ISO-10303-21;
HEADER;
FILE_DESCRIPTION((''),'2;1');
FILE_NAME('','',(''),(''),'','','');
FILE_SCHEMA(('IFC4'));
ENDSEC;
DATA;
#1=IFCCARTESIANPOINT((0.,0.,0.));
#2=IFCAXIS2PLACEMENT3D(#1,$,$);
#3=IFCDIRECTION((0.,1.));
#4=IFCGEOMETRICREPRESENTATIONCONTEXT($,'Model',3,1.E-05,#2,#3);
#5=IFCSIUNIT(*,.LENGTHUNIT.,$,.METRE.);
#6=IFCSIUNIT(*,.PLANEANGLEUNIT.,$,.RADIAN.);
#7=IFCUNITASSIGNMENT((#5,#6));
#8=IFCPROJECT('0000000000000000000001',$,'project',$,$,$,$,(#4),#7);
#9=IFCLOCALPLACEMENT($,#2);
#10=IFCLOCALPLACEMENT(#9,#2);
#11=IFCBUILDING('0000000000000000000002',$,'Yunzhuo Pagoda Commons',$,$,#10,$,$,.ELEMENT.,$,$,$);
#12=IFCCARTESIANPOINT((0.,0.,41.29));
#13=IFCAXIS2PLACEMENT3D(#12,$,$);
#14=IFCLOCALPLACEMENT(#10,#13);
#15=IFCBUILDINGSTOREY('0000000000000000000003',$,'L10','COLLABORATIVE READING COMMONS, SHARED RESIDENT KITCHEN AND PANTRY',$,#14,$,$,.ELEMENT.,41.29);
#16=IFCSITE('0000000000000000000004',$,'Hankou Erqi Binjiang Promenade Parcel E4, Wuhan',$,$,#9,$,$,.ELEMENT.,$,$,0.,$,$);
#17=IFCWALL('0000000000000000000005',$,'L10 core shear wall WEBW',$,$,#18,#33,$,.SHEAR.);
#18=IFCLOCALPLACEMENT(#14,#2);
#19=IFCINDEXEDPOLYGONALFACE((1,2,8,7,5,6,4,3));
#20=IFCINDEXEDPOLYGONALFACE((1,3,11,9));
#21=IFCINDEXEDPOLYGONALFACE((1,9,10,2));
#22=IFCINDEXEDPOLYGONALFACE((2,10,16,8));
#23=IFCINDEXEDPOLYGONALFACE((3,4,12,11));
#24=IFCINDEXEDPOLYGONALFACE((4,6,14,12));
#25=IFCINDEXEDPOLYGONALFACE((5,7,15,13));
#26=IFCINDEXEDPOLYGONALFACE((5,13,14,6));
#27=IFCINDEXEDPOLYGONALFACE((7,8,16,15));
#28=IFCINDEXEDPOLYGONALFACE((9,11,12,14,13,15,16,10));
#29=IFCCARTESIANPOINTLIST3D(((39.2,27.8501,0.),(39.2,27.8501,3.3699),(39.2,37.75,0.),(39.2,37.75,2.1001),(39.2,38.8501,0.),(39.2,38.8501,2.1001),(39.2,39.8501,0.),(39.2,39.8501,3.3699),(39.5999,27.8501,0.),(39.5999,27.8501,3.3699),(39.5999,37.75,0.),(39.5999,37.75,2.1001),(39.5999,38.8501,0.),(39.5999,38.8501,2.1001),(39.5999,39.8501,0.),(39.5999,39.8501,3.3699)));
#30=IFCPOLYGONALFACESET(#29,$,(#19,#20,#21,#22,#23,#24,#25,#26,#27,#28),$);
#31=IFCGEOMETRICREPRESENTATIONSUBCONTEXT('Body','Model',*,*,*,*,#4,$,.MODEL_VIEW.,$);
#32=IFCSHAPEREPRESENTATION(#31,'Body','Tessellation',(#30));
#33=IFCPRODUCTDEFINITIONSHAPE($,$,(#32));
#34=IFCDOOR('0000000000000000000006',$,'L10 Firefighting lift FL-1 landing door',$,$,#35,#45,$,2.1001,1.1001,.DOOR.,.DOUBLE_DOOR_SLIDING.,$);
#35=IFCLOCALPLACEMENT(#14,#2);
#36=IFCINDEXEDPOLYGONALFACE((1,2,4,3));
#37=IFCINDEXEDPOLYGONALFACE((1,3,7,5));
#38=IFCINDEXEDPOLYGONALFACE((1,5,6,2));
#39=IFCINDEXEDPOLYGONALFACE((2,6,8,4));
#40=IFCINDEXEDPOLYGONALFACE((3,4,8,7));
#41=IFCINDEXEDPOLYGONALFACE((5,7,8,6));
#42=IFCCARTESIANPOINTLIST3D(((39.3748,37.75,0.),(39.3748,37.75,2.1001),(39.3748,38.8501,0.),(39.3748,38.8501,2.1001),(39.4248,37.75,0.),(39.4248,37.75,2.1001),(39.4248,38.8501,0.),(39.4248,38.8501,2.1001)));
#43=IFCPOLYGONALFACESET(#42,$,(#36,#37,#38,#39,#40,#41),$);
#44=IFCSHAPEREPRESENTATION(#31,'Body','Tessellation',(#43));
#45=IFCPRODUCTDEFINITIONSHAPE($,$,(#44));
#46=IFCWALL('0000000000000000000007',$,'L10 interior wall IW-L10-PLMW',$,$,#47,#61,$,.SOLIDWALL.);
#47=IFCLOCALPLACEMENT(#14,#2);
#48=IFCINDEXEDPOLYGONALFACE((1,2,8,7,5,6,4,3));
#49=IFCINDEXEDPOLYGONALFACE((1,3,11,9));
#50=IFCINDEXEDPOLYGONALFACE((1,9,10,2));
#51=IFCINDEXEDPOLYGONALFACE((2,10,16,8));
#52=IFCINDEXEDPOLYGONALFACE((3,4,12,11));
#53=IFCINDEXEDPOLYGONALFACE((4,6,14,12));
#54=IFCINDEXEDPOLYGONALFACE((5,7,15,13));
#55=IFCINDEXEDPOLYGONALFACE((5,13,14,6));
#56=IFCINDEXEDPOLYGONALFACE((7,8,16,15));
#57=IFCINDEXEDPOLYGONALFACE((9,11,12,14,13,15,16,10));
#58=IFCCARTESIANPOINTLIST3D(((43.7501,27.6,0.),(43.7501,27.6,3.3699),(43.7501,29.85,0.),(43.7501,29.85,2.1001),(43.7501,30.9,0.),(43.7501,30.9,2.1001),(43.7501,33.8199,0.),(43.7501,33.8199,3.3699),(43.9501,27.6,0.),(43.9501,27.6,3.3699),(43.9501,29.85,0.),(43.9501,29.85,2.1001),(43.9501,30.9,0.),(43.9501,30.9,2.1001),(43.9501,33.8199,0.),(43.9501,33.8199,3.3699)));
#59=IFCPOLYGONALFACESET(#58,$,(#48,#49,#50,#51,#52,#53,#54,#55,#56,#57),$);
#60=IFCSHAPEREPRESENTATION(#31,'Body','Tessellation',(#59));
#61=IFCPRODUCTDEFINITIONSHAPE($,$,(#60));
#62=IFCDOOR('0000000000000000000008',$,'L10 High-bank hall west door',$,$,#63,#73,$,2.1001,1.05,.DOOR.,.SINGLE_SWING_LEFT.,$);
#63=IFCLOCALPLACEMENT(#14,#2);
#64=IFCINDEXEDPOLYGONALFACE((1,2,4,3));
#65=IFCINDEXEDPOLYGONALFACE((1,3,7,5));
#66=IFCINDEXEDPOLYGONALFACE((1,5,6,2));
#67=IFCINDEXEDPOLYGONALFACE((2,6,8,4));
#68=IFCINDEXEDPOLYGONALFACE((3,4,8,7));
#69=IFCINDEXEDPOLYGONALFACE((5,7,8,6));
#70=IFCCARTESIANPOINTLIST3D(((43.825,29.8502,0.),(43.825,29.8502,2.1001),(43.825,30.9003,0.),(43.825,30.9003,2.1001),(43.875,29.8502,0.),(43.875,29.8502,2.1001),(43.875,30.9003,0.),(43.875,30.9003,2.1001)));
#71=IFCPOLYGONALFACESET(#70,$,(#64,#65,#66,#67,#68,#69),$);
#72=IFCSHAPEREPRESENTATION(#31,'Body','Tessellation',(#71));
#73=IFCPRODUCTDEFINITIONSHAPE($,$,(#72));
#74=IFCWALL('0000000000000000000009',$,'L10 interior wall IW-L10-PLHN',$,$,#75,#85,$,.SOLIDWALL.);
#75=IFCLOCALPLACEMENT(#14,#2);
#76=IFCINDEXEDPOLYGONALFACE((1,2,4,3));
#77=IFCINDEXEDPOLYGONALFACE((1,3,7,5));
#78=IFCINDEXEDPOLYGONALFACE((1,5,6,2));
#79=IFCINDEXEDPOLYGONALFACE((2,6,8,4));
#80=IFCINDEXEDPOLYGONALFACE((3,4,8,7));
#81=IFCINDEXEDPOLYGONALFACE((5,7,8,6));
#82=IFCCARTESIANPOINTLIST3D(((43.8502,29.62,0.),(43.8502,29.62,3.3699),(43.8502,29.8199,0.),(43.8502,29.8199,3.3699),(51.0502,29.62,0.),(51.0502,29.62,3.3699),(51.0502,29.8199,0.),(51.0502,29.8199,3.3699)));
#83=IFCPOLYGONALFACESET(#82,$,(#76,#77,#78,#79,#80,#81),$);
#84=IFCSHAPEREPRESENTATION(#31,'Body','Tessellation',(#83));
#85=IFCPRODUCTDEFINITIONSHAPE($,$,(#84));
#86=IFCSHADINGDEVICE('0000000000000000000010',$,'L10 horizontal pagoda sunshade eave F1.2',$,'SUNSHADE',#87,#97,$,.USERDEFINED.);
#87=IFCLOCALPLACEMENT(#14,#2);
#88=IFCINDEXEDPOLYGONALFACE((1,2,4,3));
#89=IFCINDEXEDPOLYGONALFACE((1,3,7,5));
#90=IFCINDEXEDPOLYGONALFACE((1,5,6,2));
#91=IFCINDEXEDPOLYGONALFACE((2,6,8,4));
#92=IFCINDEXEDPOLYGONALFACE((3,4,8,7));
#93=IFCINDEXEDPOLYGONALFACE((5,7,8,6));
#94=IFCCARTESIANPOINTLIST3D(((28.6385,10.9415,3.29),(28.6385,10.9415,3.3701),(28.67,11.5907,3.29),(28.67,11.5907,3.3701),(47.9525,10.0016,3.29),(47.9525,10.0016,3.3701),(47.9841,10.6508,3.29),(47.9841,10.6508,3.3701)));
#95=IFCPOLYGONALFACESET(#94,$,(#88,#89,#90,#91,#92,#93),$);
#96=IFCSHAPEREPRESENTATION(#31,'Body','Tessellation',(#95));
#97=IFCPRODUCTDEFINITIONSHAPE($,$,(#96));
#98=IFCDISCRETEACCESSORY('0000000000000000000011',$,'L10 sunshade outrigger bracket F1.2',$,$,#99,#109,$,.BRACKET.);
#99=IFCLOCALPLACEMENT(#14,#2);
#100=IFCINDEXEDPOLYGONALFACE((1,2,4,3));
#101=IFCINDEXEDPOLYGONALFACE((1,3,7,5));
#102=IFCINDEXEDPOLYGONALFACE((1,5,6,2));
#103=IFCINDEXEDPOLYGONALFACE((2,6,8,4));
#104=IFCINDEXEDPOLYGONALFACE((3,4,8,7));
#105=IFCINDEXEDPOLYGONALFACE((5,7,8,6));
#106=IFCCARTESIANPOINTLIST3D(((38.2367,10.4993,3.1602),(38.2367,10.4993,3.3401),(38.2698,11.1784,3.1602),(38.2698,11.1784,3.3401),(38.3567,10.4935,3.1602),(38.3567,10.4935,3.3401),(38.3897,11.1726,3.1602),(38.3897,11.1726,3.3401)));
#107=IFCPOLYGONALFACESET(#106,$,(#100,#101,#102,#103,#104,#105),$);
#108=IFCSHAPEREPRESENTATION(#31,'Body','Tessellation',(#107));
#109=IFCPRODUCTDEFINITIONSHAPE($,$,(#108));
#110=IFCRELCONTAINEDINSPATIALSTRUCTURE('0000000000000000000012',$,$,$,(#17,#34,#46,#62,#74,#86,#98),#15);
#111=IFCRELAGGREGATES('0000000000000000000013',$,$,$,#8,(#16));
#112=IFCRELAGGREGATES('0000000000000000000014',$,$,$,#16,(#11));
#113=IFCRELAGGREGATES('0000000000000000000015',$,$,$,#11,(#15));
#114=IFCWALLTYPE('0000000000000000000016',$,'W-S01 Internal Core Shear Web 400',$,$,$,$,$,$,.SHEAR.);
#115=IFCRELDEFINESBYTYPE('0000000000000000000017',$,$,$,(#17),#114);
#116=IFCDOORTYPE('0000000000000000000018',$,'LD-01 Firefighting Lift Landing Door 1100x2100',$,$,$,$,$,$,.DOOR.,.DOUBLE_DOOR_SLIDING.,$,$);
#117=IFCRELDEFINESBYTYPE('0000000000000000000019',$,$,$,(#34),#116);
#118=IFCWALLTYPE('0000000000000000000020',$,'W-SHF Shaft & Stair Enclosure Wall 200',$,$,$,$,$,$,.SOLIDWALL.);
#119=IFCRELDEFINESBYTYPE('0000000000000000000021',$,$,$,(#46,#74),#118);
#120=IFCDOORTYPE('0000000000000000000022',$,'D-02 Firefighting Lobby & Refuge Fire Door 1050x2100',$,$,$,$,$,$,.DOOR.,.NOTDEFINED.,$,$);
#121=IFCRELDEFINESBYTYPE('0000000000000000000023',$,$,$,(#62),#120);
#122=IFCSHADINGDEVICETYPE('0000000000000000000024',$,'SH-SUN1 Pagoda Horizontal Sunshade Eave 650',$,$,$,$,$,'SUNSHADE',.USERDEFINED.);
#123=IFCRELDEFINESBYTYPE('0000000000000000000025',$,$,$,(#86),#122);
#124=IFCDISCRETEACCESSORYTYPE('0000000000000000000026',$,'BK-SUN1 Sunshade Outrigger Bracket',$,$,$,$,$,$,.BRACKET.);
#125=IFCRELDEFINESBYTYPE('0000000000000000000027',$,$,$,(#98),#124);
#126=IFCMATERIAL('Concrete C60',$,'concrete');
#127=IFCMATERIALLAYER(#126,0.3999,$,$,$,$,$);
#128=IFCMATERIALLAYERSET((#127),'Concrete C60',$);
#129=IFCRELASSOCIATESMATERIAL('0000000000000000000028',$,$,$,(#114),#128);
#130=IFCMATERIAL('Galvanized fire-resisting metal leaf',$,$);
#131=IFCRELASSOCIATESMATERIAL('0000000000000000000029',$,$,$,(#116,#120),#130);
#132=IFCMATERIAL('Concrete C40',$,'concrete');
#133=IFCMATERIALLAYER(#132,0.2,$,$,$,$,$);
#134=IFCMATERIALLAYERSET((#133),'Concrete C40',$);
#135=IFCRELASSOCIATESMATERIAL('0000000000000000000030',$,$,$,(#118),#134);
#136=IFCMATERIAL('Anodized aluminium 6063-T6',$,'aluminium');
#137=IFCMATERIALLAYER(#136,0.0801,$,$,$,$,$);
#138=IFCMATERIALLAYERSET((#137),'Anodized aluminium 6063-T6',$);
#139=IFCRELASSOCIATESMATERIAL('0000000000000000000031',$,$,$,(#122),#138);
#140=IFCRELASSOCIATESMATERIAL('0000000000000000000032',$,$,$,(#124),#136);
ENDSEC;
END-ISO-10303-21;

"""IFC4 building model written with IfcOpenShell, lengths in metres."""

from ifc_helpers import new_model, si_unit, direction, frame, frame_2d, origin, origin_2d, place, context, subcontext, project, spatial, rectangle, extrude, source, transform, mapped, material, layer, layer_set, type_object, element, fill, save


model = new_model("IFC4")

# Units and contexts
model_context = context("Model", 3, precision=1e-05, world=origin(), true_north=direction((0.0, 1.0)))
body_context = subcontext(model_context, "Body", "Model", "MODEL_VIEW")
ifc_project = project(units=[si_unit("LENGTHUNIT", "METRE"), si_unit("PLANEANGLEUNIT", "RADIAN")], contexts=[model_context])

# Site, building, storey
site_placement = place(None, origin())
site = spatial("IfcSite", under=ifc_project, at=site_placement, Name="Hankou Erqi Binjiang Promenade Parcel E4, Wuhan", CompositionType="ELEMENT", RefElevation=0.0)
building_placement = place(site_placement, origin())
building = spatial("IfcBuilding", under=site, at=building_placement, Name="Yunzhuo Pagoda Commons", CompositionType="ELEMENT")
storey_placement = place(building_placement, frame((0.0, 0.0, 41.29)))
storey = spatial("IfcBuildingStorey", under=building, at=storey_placement, Name="L10", Description="COLLABORATIVE READING COMMONS, SHARED RESIDENT KITCHEN AND PANTRY", CompositionType="ELEMENT", Elevation=41.29)

# Shared definitions
ifc_material_1 = material(Name="Anodized aluminium 6063-T6", Category="aluminium")

# Shared definitions
ifc_material_2 = material(Name="Concrete C60", Category="concrete")

# Shared definitions
ifc_material_3 = material(Name="Galvanized fire-resisting metal leaf")

# Walls, openings, doors
ifc_layer_1 = layer(ifc_material_2, 0.3999)
ifc_layer_set_1 = layer_set([ifc_layer_1], Name="Concrete C60")
wall_type_1 = type_object("IfcWallType", Name="W-S01 Internal Core Shear Web 400", PredefinedType="SHEAR", material=ifc_layer_set_1)
wall_1_placement = place(storey_placement, frame((39.3999, 27.8501, 0.0), z_axis=(0.0, 0.0, 1.0), x_axis=(0.0, 1.0, 0.0)))
wall_1 = element("IfcWall", 1, at=wall_1_placement, inside=storey, type_object=wall_type_1, Name="L10 core shear wall WEBW", PredefinedType="SHEAR", context=body_context, shape_type="SweptSolid", body=[
    extrude(rectangle(XDim=12.0, YDim=0.3999, at=frame_2d((6.0, 0.0))), origin(), (0.0, 0.0, 1.0), 3.3699),
])
opening_1_placement = place(wall_1_placement, frame((9.8999, 0.0, 0.0)))
opening_1 = element("IfcOpeningElement", 2, at=opening_1_placement, cuts=wall_1, PredefinedType="OPENING", context=body_context, shape_type="SweptSolid", body=[
    extrude(rectangle(XDim=1.1001, YDim=2.1001, at=frame_2d((0.55, 1.05))), frame((0.0, 0.21, 0.0), z_axis=(0.0, -1.0, 0.0), x_axis=(1.0, 0.0, 0.0)), (0.0, 0.0, 1.0), 0.4199),
])
door_type_1 = type_object("IfcDoorType", Name="LD-01 Firefighting Lift Landing Door 1100x2100", OperationType="DOUBLE_DOOR_SLIDING", PredefinedType="DOOR", material=ifc_material_3)
shared_shape_1 = source(origin(), body_context, "Body", "SweptSolid", [
    extrude(rectangle(XDim=1.1001, YDim=2.1001, at=frame_2d((0.55, 1.05))), frame((0.0, 0.0249, 0.0), z_axis=(0.0, -1.0, 0.0), x_axis=(1.0, 0.0, 0.0)), (0.0, 0.0, 1.0), 0.05),
])
door_1_placement = place(opening_1_placement, frame((1.1001, 0.0, 0.0), z_axis=(0.0, 0.0, 1.0), x_axis=(-1.0, 0.0, 0.0)))
door_1 = element("IfcDoor", 3, at=door_1_placement, inside=storey, type_object=door_type_1, Name="L10 Firefighting lift FL-1 landing door", OperationType="DOUBLE_DOOR_SLIDING", OverallHeight=2.1001, OverallWidth=1.1001, PredefinedType="DOOR", context=body_context, shape_type="MappedRepresentation", body=[
    mapped(shared_shape_1, transform((0.0, 0.0, 0.0), scale=1.0)),
])
fill(opening_1, door_1)
ifc_material_4 = material(Name="Concrete C40", Category="concrete")
ifc_layer_2 = layer(ifc_material_4, 0.2)
ifc_layer_set_2 = layer_set([ifc_layer_2], Name="Concrete C40")
wall_type_2 = type_object("IfcWallType", Name="W-SHF Shaft & Stair Enclosure Wall 200", PredefinedType="SOLIDWALL", material=ifc_layer_set_2)
wall_2_placement = place(storey_placement, frame((43.8501, 27.6001, 0.0), z_axis=(0.0, 0.0, 1.0), x_axis=(0.0, 1.0, 0.0)))
wall_2 = element("IfcWall", 4, at=wall_2_placement, inside=storey, type_object=wall_type_2, Name="L10 interior wall IW-L10-PLMW", PredefinedType="SOLIDWALL", context=body_context, shape_type="SweptSolid", body=[
    extrude(rectangle(XDim=6.22, YDim=0.2, at=frame_2d((3.1099, 0.0))), origin(), (0.0, 0.0, 1.0), 3.3699),
])
opening_2_placement = place(wall_2_placement, frame((2.25, 0.0, 0.0)))
opening_2 = element("IfcOpeningElement", 5, at=opening_2_placement, cuts=wall_2, PredefinedType="OPENING", context=body_context, shape_type="SweptSolid", body=[
    extrude(rectangle(XDim=1.05, YDim=2.1001, at=frame_2d((0.5249, 1.05))), frame((0.0, 0.1099, 0.0), z_axis=(0.0, -1.0, 0.0), x_axis=(1.0, 0.0, 0.0)), (0.0, 0.0, 1.0), 0.22),
])
door_type_2 = type_object("IfcDoorType", Name="D-02 Firefighting Lobby & Refuge Fire Door 1050x2100", OperationType="NOTDEFINED", PredefinedType="DOOR", material=ifc_material_3)
shared_shape_2 = source(origin(), body_context, "Body", "SweptSolid", [
    extrude(rectangle(XDim=1.05, YDim=2.1001, at=frame_2d((0.5249, 1.05))), frame((0.0, 0.0249, 0.0), z_axis=(0.0, -1.0, 0.0), x_axis=(1.0, 0.0, 0.0)), (0.0, 0.0, 1.0), 0.05),
])
door_2_placement = place(opening_2_placement, frame((1.05, 0.0, 0.0), z_axis=(0.0, 0.0, 1.0), x_axis=(-1.0, 0.0, 0.0)))
door_2 = element("IfcDoor", 6, at=door_2_placement, inside=storey, type_object=door_type_2, Name="L10 High-bank hall west door", OperationType="SINGLE_SWING_LEFT", OverallHeight=2.1001, OverallWidth=1.05, PredefinedType="DOOR", context=body_context, shape_type="MappedRepresentation", body=[
    mapped(shared_shape_2, transform((0.0, 0.0, 0.0), scale=1.0)),
])
fill(opening_2, door_2)

# Wall
wall_3_placement = place(storey_placement, frame((43.8501, 29.72, 0.0), z_axis=(0.0, 0.0, 1.0), x_axis=(1.0, 0.0, 0.0)))
element("IfcWall", 7, at=wall_3_placement, inside=storey, type_object=wall_type_2, Name="L10 interior wall IW-L10-PLHN", PredefinedType="SOLIDWALL", context=body_context, shape_type="SweptSolid", body=[
    extrude(rectangle(XDim=7.2, YDim=0.2, at=frame_2d((3.6001, 0.0))), origin(), (0.0, 0.0, 1.0), 3.3699),
])

# Shading device
ifc_layer_3 = layer(ifc_material_1, 0.0801)
ifc_layer_set_3 = layer_set([ifc_layer_3], Name="Anodized aluminium 6063-T6")
shading_device_type = type_object("IfcShadingDeviceType", Name="SH-SUN1 Pagoda Horizontal Sunshade Eave 650", ElementType="SUNSHADE", PredefinedType="USERDEFINED", material=ifc_layer_set_3)
shared_shape_3 = source(origin(), body_context, "Body", "SweptSolid", [
    extrude(rectangle(XDim=19.3369, YDim=0.6499, at=origin_2d()), origin(), (0.0, 0.0, 1.0), 0.0801),
])
shading_device_placement = place(storey_placement, frame((38.3113, 10.7961, 3.29), z_axis=(0.0, 0.0, 1.0), x_axis=(0.998818, -0.048606, 0.0)))
element("IfcShadingDevice", 8, at=shading_device_placement, inside=storey, type_object=shading_device_type, Name="L10 horizontal pagoda sunshade eave F1.2", ObjectType="SUNSHADE", PredefinedType="USERDEFINED", context=body_context, shape_type="MappedRepresentation", body=[
    mapped(shared_shape_3, transform((0.0, 0.0, 0.0), scale=1.0)),
])

# Discrete accessory
discrete_accessory_type = type_object("IfcDiscreteAccessoryType", Name="BK-SUN1 Sunshade Outrigger Bracket", PredefinedType="BRACKET", material=ifc_material_1)
shared_shape_4 = source(origin(), body_context, "Body", "SweptSolid", [
    extrude(rectangle(XDim=0.1201, YDim=0.6799, at=origin_2d()), origin(), (0.0, 0.0, 1.0), 0.1799),
])
discrete_accessory_placement = place(storey_placement, frame((38.3132, 10.8359, 3.1602), z_axis=(0.0, 0.0, 1.0), x_axis=(0.998818, -0.048606, 0.0)))
element("IfcDiscreteAccessory", 9, at=discrete_accessory_placement, inside=storey, type_object=discrete_accessory_type, Name="L10 sunshade outrigger bracket F1.2", PredefinedType="BRACKET", context=body_context, shape_type="MappedRepresentation", body=[
    mapped(shared_shape_4, transform((0.0, 0.0, 0.0), scale=1.0)),
])

save(model, "model.ifc")
